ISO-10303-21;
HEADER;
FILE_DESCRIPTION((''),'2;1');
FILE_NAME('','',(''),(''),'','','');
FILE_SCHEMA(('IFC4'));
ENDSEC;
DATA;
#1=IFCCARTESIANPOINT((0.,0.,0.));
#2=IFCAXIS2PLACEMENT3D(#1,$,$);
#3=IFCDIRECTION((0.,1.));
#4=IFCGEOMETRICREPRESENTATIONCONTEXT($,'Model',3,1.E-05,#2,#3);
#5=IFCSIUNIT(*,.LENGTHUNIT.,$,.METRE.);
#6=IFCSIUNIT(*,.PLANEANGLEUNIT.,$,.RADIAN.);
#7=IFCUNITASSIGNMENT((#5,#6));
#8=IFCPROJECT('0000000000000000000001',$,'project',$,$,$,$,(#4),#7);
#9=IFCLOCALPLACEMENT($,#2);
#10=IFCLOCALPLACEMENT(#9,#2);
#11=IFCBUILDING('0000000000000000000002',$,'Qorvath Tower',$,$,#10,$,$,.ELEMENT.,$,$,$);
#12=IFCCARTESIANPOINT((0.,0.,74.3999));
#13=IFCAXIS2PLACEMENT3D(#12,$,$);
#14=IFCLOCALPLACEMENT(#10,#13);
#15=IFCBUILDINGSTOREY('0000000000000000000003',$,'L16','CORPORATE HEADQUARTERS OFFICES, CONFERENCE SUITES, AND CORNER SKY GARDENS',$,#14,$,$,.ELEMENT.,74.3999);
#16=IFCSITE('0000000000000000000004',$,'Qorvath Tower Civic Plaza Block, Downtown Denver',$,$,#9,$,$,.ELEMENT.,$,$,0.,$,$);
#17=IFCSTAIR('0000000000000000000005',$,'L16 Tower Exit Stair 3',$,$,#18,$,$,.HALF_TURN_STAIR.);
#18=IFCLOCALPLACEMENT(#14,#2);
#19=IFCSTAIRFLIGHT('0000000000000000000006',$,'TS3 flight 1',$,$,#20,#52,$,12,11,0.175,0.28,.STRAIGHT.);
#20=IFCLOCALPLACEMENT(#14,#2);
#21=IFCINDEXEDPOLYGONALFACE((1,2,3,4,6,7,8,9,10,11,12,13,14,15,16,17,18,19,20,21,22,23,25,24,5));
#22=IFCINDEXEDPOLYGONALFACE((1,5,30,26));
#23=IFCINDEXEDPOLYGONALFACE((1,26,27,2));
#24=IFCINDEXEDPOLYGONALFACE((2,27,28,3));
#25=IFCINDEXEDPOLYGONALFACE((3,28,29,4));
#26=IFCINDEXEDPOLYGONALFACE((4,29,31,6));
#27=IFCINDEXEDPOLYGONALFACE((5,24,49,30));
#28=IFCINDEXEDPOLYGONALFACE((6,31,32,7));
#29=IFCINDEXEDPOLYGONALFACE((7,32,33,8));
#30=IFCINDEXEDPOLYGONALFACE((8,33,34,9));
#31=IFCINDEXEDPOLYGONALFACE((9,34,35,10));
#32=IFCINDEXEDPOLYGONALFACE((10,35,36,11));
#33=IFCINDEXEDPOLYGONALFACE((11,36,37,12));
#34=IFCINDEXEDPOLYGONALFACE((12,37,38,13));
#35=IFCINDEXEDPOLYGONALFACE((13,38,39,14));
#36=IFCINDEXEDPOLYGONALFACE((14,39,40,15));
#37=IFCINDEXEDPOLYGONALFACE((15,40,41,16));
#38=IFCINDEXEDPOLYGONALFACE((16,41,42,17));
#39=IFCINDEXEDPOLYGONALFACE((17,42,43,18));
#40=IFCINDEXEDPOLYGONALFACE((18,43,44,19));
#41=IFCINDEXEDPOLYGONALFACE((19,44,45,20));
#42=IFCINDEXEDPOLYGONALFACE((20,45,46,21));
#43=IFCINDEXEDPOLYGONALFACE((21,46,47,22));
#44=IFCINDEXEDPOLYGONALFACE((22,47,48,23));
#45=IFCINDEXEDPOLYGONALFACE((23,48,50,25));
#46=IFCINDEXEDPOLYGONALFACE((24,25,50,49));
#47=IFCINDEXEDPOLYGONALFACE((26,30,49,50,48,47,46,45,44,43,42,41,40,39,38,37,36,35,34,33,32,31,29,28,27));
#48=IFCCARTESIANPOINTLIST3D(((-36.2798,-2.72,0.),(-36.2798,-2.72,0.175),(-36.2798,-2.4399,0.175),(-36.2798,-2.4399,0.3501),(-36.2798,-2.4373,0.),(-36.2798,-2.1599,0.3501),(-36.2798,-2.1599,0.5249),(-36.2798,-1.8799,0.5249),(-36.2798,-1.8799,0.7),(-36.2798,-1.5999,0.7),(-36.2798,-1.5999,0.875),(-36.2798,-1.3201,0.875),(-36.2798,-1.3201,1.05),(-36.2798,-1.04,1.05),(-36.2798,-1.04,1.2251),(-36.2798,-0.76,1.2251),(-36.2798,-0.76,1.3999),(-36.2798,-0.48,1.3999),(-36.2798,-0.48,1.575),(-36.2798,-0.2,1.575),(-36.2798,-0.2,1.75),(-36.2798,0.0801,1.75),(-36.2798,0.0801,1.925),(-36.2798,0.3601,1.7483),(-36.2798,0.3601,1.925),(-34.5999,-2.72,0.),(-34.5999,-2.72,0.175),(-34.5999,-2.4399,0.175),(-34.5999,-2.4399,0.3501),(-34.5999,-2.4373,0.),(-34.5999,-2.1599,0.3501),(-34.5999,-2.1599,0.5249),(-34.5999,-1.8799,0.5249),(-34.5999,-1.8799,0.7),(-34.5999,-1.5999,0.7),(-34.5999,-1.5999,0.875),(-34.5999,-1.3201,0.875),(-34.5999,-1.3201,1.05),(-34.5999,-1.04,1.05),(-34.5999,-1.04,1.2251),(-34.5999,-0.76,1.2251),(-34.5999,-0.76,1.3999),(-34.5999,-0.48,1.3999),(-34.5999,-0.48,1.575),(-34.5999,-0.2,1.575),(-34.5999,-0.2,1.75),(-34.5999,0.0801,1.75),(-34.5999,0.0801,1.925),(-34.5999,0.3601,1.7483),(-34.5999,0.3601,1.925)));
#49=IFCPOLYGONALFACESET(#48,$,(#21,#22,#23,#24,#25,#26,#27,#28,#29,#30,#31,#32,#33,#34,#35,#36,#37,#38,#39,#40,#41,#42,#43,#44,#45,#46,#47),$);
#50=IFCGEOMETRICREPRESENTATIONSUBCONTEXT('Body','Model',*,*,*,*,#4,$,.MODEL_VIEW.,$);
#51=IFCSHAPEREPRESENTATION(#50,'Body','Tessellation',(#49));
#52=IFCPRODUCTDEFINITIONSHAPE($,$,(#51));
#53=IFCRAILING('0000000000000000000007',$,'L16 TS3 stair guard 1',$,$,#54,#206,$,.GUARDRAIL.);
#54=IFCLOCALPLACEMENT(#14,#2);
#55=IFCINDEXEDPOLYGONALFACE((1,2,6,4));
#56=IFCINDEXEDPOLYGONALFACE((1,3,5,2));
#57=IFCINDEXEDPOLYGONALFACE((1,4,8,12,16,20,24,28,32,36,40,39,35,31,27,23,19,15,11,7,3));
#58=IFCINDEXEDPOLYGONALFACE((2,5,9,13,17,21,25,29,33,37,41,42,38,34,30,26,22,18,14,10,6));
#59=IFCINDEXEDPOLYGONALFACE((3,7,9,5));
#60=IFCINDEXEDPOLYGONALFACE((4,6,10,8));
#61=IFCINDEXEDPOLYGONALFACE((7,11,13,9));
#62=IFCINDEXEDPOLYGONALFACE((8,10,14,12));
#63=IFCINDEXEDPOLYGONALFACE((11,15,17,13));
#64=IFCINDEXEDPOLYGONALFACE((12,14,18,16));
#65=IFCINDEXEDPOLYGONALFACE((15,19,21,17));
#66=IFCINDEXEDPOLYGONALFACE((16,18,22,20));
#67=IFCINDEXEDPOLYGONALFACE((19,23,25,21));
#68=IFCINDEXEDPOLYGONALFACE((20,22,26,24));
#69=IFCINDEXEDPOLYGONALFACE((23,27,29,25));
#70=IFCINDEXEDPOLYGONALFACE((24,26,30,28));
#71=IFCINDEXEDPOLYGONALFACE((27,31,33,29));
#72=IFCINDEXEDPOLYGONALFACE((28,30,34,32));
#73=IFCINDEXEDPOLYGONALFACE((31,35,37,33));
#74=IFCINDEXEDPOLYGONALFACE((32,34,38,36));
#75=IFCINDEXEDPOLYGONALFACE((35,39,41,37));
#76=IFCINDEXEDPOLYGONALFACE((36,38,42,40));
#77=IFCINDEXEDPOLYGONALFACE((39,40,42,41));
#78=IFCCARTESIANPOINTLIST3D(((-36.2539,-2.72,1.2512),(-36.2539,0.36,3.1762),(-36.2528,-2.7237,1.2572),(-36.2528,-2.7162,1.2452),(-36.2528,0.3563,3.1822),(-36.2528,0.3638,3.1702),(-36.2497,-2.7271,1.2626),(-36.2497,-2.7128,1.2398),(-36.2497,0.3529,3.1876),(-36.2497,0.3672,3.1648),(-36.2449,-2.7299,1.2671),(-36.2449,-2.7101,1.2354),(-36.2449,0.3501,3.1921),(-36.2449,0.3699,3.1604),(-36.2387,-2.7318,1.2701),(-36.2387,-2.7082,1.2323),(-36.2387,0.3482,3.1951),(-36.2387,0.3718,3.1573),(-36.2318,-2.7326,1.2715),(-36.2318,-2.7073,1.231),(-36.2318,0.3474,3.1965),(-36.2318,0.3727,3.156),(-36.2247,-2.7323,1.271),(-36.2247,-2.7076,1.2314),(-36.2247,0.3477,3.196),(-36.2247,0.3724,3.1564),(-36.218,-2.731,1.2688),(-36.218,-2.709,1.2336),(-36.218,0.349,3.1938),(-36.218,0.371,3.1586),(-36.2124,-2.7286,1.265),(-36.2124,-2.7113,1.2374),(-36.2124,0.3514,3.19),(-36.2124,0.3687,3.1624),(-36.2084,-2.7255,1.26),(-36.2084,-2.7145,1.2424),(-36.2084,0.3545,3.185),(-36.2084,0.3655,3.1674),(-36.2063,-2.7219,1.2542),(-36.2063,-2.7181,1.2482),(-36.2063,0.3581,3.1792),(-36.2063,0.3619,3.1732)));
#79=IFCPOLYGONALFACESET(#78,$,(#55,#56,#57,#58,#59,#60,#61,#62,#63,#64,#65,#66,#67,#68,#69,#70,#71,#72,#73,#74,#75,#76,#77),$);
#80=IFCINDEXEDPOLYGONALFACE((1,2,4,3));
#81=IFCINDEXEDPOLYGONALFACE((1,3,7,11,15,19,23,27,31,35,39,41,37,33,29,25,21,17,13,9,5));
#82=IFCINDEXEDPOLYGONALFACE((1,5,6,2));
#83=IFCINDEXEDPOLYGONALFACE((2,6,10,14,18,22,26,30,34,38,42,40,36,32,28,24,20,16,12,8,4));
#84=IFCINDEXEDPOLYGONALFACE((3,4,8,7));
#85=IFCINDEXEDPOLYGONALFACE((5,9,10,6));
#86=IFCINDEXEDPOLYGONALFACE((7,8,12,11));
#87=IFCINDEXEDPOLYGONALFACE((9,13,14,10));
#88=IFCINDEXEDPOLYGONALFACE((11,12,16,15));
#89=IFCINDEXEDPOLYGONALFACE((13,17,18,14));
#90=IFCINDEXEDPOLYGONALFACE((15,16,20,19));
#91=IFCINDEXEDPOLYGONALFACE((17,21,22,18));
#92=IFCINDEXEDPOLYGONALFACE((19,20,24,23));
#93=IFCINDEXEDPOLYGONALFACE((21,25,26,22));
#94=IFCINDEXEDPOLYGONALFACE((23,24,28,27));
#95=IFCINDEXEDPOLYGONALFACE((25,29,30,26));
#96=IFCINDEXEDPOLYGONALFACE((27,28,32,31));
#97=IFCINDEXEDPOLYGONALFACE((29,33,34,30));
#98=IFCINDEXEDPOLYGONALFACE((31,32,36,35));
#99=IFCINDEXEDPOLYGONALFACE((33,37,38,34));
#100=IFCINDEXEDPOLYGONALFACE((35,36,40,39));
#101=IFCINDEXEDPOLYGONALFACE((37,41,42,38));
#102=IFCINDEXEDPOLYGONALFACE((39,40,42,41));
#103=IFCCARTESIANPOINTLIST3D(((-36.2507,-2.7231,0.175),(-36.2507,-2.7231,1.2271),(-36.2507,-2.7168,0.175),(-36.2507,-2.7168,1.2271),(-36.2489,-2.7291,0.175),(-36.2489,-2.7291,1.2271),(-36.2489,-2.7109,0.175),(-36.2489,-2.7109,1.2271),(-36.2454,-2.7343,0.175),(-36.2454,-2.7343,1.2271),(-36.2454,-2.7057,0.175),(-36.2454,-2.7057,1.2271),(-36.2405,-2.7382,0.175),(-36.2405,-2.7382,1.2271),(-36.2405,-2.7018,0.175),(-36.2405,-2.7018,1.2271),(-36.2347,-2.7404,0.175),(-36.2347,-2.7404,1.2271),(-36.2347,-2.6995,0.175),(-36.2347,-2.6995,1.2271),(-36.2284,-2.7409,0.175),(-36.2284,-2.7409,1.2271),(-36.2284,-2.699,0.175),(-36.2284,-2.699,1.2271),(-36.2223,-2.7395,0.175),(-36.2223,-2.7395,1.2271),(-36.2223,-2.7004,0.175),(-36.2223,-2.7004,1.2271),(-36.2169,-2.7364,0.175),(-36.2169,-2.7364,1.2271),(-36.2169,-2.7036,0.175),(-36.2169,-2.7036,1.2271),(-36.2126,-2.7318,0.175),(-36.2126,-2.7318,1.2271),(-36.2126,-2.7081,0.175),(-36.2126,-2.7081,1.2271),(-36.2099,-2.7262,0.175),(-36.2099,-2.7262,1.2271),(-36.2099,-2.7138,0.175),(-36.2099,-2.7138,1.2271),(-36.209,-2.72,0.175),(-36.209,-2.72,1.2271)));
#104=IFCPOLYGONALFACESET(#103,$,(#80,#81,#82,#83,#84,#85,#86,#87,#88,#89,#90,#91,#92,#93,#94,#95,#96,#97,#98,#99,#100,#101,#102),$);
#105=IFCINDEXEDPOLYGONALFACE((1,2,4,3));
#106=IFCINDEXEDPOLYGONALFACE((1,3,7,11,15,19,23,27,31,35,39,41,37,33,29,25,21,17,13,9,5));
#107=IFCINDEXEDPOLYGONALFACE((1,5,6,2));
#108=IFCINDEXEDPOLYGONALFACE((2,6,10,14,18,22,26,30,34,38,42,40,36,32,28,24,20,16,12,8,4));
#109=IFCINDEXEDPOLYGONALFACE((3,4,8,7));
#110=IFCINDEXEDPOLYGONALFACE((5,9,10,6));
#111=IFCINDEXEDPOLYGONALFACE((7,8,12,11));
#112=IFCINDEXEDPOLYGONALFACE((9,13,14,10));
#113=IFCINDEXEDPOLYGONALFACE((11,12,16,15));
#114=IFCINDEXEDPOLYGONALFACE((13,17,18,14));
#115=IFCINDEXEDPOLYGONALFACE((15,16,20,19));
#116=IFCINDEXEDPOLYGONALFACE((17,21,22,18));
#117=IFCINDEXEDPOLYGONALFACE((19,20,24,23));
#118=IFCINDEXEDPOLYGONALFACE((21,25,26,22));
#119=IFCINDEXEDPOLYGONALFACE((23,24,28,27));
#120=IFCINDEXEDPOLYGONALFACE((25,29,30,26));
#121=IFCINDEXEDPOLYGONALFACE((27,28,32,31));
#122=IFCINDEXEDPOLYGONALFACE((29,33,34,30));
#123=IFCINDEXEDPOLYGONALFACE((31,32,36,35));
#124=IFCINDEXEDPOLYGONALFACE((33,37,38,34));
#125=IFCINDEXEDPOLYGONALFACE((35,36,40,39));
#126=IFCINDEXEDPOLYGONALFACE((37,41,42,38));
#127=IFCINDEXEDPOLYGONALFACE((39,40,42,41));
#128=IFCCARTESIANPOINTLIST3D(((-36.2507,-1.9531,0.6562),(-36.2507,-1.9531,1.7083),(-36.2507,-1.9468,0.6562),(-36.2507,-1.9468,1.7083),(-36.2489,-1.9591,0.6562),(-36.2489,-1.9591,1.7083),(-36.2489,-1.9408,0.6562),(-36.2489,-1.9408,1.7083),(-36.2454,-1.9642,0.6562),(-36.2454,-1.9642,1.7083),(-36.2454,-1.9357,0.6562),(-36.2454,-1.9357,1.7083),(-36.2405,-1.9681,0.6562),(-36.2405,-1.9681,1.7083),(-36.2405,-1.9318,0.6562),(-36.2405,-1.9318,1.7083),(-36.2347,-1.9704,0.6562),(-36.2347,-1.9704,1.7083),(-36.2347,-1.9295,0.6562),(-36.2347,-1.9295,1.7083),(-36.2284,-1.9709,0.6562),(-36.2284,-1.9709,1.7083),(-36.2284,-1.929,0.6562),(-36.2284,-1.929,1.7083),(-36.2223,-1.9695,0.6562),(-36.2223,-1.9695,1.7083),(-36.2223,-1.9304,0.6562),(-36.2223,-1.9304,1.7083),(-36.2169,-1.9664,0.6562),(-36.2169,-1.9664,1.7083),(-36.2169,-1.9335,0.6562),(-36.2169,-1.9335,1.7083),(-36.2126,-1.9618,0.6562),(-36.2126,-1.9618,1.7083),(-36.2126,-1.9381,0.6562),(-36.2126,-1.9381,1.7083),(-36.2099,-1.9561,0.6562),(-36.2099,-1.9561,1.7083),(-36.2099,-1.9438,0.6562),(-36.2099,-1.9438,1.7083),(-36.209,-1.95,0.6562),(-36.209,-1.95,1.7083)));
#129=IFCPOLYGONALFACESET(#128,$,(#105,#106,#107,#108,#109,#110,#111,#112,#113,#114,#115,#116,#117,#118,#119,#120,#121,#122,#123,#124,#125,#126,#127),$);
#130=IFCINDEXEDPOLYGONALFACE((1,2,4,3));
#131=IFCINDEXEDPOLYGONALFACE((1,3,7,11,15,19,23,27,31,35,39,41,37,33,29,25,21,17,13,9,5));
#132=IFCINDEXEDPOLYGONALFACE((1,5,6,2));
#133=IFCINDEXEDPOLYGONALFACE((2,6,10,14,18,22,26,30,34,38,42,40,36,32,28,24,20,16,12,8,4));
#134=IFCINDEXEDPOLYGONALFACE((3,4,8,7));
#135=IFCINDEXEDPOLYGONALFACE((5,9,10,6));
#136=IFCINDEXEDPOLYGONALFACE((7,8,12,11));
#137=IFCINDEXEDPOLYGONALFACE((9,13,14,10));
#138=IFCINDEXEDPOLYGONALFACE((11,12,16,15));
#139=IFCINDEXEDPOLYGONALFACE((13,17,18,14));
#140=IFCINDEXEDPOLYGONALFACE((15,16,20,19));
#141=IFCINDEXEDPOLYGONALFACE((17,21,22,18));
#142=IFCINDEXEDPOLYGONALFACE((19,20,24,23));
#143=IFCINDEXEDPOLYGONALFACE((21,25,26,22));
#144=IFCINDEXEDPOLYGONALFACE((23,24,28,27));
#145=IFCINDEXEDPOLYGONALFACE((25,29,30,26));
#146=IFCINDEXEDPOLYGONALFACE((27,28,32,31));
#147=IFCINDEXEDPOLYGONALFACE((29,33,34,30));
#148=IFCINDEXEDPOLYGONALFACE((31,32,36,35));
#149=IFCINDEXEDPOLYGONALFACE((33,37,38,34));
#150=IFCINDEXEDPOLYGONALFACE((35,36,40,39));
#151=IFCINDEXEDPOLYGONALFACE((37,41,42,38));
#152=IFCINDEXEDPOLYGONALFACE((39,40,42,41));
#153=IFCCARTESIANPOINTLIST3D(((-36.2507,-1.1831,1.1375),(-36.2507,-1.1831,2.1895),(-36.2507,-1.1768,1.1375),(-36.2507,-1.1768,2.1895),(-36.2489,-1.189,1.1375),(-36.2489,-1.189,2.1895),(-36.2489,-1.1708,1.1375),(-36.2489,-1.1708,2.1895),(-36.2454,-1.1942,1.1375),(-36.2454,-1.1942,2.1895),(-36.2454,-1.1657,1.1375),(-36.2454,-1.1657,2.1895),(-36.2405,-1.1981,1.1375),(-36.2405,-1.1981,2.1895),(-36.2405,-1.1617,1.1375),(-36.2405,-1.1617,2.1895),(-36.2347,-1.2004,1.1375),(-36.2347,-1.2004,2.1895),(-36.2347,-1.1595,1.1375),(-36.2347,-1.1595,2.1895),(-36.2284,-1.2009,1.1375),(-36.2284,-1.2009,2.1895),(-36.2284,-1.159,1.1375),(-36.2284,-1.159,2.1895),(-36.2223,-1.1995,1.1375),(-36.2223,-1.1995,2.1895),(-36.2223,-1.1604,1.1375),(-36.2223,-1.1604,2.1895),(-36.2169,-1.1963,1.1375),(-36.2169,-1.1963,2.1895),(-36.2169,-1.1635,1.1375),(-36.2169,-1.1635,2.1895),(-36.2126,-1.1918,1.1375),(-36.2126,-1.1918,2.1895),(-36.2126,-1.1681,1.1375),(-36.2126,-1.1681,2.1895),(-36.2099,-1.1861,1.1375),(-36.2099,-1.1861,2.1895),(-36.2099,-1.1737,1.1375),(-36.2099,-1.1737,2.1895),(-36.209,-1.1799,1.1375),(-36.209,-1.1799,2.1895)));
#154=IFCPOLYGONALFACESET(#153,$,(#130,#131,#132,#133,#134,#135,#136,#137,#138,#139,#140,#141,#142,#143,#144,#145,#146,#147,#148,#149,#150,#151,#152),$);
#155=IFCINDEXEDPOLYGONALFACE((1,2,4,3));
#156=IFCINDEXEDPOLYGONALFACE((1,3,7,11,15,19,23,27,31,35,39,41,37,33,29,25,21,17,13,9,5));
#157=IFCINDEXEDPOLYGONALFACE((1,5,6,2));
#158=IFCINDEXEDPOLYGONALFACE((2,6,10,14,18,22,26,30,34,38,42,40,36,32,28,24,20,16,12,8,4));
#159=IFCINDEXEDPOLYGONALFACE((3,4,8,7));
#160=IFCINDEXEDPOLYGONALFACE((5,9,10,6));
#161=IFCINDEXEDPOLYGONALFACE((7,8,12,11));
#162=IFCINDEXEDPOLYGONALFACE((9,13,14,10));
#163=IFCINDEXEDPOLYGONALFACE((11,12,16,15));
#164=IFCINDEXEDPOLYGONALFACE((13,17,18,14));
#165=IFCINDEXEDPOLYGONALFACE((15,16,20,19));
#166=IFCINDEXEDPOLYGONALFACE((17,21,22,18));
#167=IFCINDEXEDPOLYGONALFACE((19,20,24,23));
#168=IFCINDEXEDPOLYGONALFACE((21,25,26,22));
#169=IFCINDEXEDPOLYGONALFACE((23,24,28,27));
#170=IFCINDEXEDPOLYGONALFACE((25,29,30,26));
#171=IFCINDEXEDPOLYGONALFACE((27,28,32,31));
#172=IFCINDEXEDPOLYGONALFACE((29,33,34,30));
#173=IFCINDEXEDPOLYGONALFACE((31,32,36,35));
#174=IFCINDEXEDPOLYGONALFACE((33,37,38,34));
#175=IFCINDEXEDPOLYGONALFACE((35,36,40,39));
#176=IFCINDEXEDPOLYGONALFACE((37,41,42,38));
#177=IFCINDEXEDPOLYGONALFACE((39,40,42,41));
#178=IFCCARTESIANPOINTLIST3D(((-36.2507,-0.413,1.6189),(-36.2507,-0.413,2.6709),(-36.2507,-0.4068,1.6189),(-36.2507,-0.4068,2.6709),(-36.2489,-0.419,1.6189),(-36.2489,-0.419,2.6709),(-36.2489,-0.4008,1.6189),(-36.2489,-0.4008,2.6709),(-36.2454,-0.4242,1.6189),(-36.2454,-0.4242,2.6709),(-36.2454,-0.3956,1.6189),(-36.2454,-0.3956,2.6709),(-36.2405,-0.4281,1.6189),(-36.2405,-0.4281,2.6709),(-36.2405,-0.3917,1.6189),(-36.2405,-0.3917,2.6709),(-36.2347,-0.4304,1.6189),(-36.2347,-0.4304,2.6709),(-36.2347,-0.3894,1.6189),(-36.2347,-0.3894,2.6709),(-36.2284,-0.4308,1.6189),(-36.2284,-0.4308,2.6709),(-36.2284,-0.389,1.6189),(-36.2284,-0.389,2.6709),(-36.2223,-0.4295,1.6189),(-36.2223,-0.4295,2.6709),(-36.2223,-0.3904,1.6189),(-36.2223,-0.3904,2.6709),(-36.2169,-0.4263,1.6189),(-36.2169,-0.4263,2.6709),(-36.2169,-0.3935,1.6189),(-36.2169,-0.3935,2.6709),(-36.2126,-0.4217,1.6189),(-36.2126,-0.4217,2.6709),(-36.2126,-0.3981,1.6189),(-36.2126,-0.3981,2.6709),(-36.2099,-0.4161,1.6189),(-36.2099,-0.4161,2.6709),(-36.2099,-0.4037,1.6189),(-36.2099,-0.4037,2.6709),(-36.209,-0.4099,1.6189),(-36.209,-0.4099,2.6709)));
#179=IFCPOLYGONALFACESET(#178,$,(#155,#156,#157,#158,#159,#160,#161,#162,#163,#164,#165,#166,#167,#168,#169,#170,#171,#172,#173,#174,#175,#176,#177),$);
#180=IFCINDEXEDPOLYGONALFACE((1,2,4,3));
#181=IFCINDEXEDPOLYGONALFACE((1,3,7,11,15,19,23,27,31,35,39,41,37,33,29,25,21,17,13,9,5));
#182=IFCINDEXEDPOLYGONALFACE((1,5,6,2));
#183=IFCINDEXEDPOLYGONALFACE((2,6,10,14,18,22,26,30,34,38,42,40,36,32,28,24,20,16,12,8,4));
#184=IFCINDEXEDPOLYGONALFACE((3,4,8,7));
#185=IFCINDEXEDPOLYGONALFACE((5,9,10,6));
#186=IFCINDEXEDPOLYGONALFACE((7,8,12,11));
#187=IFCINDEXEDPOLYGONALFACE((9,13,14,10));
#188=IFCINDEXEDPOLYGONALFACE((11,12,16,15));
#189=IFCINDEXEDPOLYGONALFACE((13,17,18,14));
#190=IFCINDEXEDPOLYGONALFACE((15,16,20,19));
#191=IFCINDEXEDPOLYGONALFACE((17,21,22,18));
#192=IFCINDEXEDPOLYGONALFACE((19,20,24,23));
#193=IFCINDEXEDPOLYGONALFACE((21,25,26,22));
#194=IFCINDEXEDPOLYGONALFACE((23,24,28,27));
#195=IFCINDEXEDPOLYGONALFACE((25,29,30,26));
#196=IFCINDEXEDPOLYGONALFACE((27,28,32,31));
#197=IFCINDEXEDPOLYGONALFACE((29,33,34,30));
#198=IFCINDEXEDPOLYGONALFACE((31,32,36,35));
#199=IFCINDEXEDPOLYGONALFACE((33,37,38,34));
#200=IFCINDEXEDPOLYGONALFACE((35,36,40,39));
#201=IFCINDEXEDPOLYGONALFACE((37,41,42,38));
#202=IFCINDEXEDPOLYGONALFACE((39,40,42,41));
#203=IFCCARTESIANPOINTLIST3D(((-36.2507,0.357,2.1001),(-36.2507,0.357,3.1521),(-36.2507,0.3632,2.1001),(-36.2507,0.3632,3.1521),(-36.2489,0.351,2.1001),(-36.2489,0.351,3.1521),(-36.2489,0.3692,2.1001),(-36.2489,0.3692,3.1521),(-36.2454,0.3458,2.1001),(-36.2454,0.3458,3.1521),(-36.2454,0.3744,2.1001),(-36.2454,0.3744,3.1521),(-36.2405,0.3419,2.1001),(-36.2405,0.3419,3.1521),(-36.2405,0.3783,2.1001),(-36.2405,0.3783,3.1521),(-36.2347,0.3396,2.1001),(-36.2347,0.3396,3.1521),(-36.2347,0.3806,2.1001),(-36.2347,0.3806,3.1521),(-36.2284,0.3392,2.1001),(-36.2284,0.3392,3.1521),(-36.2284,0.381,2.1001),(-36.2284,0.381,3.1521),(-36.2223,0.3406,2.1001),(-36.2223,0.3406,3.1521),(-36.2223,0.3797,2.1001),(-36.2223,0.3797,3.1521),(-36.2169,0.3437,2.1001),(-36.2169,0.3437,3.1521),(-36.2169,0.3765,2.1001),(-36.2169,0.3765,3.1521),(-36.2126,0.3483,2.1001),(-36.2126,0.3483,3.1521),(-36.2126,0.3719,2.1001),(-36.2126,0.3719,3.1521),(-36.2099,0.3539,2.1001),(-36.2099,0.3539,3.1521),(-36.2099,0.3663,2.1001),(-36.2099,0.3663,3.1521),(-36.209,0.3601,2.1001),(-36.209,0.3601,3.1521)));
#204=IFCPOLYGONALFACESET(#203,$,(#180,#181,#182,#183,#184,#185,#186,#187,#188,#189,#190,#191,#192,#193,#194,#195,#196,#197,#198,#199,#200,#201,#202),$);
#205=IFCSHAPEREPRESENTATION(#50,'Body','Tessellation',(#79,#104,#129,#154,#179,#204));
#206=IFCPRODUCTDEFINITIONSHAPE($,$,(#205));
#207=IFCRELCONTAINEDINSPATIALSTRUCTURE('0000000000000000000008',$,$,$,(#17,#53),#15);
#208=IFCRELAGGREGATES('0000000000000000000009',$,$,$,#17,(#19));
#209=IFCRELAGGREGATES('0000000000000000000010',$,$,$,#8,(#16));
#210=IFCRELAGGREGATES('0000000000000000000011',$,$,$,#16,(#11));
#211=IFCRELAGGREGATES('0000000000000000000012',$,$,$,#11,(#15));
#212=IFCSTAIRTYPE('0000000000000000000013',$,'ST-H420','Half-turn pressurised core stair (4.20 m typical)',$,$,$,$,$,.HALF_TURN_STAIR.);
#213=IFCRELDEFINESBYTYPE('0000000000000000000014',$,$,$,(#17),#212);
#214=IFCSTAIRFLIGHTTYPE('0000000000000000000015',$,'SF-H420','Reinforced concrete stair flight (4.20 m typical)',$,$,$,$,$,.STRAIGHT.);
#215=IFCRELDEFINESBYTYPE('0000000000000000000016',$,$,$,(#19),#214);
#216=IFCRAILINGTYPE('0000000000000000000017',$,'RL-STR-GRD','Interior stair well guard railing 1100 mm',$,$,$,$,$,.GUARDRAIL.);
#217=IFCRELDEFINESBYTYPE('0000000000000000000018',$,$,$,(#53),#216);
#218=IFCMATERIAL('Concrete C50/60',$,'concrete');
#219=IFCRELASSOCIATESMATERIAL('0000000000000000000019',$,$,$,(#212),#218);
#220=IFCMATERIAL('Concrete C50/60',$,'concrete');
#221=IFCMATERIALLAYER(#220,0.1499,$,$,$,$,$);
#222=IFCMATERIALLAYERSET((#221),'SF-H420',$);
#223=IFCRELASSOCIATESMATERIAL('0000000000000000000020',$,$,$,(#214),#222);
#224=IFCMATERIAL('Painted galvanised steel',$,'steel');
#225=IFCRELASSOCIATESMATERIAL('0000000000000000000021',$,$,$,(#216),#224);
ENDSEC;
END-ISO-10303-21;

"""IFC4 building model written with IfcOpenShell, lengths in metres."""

from ifc_helpers import new_model, si_unit, direction, frame, origin, origin_2d, place, context, subcontext, project, spatial, polyline, circle, outline, extrude, material, layer, layer_set, type_object, element, aggregate, save


model = new_model("IFC4")

# Units and contexts
model_context = context("Model", 3, precision=1e-05, world=origin(), true_north=direction((0.0, 1.0)))
body_context = subcontext(model_context, "Body", "Model", "MODEL_VIEW")
ifc_project = project(units=[si_unit("LENGTHUNIT", "METRE"), si_unit("PLANEANGLEUNIT", "RADIAN")], contexts=[model_context])

# Site, building, storey
site_placement = place(None, origin())
site = spatial("IfcSite", under=ifc_project, at=site_placement, Name="Qorvath Tower Civic Plaza Block, Downtown Denver", CompositionType="ELEMENT", RefElevation=0.0)
building_placement = place(site_placement, origin())
building = spatial("IfcBuilding", under=site, at=building_placement, Name="Qorvath Tower", CompositionType="ELEMENT")
storey_placement = place(building_placement, frame((0.0, 0.0, 74.3999)))
storey = spatial("IfcBuildingStorey", under=building, at=storey_placement, Name="L16", Description="CORPORATE HEADQUARTERS OFFICES, CONFERENCE SUITES, AND CORNER SKY GARDENS", CompositionType="ELEMENT", Elevation=74.3999)

# Stair, stair flight
ifc_material_1 = material(Name="Concrete C50/60", Category="concrete")
stair_type = type_object("IfcStairType", Name="ST-H420", Description="Half-turn pressurised core stair (4.20 m typical)", PredefinedType="HALF_TURN_STAIR", material=ifc_material_1)
stair_placement = place(storey_placement, origin())
stair = element("IfcStair", 1, at=stair_placement, inside=storey, type_object=stair_type, Name="L16 Tower Exit Stair 3", PredefinedType="HALF_TURN_STAIR")
ifc_material_2 = material(Name="Concrete C50/60", Category="concrete")
ifc_layer_1 = layer(ifc_material_2, 0.1499)
ifc_layer_set_1 = layer_set([ifc_layer_1], Name="SF-H420")
stair_flight_type = type_object("IfcStairFlightType", Name="SF-H420", Description="Reinforced concrete stair flight (4.20 m typical)", PredefinedType="STRAIGHT", material=ifc_layer_set_1)
stair_flight_placement = place(storey_placement, frame((-35.4399, -2.72, 0.0), z_axis=(0.0, 0.0, 1.0), x_axis=(0.0, 1.0, 0.0)))
stair_flight = element("IfcStairFlight", 2, at=stair_flight_placement, type_object=stair_flight_type, Name="TS3 flight 1", NumberOfRisers=12, NumberOfTreads=11, PredefinedType="STRAIGHT", RiserHeight=0.175, TreadLength=0.28, context=body_context, shape_type="SweptSolid", body=[
    extrude(outline(polyline([(0.0, 0.0), (0.0, 0.175), (0.28, 0.175), (0.28, 0.3501), (0.5601, 0.3501), (0.5601, 0.5249), (0.8401, 0.5249), (0.8401, 0.7), (1.1201, 0.7), (1.1201, 0.875), (1.3999, 0.875), (1.3999, 1.05), (1.6799, 1.05), (1.6799, 1.2251), (1.96, 1.2251), (1.96, 1.3999), (2.24, 1.3999), (2.24, 1.575), (2.52, 1.575), (2.52, 1.75), (2.8, 1.75), (2.8, 1.925), (3.0801, 1.925), (3.0801, 2.1001), (3.0801, 1.7483), (0.2827, 0.0), (0.0, 0.0)])), frame((0.0, 0.8398, 0.0), z_axis=(0.0, -1.0, 0.0), x_axis=(1.0, 0.0, 0.0)), (0.0, 0.0, 1.0), 1.6799),
])
aggregate(stair, [stair_flight])

# Railing
ifc_material_3 = material(Name="Painted galvanised steel", Category="steel")
railing_type_1 = type_object("IfcRailingType", Name="RL-STR-GRD", Description="Interior stair well guard railing 1100 mm", PredefinedType="GUARDRAIL", material=ifc_material_3)
railing_1_placement = place(storey_placement, frame((-36.23, -2.72, 0.175)))
element("IfcRailing", 3, at=railing_1_placement, inside=storey, type_object=railing_type_1, Name="L16 TS3 stair guard 1", PredefinedType="GUARDRAIL", context=body_context, shape_type="SweptSolid", body=[
    extrude(circle(Radius=0.0239, at=origin_2d()), frame((0.0, 0.0, 1.0762), z_axis=(0.0, 0.847998, 0.529999), x_axis=(-1.0, 0.0, 0.0)), (0.0, 0.0, 1.0), 3.6321),
    extrude(circle(Radius=0.021, at=origin_2d()), origin(), (0.0, 0.0, 1.0), 1.052),
    extrude(circle(Radius=0.021, at=origin_2d()), frame((0.0, 0.77, 0.4812)), (0.0, 0.0, 1.0), 1.052),
    extrude(circle(Radius=0.021, at=origin_2d()), frame((0.0, 1.54, 0.9624)), (0.0, 0.0, 1.0), 1.052),
    extrude(circle(Radius=0.021, at=origin_2d()), frame((0.0, 2.3101, 1.4438)), (0.0, 0.0, 1.0), 1.052),
    extrude(circle(Radius=0.021, at=origin_2d()), frame((0.0, 3.0801, 1.925)), (0.0, 0.0, 1.0), 1.052),
])

save(model, "model.ifc")
